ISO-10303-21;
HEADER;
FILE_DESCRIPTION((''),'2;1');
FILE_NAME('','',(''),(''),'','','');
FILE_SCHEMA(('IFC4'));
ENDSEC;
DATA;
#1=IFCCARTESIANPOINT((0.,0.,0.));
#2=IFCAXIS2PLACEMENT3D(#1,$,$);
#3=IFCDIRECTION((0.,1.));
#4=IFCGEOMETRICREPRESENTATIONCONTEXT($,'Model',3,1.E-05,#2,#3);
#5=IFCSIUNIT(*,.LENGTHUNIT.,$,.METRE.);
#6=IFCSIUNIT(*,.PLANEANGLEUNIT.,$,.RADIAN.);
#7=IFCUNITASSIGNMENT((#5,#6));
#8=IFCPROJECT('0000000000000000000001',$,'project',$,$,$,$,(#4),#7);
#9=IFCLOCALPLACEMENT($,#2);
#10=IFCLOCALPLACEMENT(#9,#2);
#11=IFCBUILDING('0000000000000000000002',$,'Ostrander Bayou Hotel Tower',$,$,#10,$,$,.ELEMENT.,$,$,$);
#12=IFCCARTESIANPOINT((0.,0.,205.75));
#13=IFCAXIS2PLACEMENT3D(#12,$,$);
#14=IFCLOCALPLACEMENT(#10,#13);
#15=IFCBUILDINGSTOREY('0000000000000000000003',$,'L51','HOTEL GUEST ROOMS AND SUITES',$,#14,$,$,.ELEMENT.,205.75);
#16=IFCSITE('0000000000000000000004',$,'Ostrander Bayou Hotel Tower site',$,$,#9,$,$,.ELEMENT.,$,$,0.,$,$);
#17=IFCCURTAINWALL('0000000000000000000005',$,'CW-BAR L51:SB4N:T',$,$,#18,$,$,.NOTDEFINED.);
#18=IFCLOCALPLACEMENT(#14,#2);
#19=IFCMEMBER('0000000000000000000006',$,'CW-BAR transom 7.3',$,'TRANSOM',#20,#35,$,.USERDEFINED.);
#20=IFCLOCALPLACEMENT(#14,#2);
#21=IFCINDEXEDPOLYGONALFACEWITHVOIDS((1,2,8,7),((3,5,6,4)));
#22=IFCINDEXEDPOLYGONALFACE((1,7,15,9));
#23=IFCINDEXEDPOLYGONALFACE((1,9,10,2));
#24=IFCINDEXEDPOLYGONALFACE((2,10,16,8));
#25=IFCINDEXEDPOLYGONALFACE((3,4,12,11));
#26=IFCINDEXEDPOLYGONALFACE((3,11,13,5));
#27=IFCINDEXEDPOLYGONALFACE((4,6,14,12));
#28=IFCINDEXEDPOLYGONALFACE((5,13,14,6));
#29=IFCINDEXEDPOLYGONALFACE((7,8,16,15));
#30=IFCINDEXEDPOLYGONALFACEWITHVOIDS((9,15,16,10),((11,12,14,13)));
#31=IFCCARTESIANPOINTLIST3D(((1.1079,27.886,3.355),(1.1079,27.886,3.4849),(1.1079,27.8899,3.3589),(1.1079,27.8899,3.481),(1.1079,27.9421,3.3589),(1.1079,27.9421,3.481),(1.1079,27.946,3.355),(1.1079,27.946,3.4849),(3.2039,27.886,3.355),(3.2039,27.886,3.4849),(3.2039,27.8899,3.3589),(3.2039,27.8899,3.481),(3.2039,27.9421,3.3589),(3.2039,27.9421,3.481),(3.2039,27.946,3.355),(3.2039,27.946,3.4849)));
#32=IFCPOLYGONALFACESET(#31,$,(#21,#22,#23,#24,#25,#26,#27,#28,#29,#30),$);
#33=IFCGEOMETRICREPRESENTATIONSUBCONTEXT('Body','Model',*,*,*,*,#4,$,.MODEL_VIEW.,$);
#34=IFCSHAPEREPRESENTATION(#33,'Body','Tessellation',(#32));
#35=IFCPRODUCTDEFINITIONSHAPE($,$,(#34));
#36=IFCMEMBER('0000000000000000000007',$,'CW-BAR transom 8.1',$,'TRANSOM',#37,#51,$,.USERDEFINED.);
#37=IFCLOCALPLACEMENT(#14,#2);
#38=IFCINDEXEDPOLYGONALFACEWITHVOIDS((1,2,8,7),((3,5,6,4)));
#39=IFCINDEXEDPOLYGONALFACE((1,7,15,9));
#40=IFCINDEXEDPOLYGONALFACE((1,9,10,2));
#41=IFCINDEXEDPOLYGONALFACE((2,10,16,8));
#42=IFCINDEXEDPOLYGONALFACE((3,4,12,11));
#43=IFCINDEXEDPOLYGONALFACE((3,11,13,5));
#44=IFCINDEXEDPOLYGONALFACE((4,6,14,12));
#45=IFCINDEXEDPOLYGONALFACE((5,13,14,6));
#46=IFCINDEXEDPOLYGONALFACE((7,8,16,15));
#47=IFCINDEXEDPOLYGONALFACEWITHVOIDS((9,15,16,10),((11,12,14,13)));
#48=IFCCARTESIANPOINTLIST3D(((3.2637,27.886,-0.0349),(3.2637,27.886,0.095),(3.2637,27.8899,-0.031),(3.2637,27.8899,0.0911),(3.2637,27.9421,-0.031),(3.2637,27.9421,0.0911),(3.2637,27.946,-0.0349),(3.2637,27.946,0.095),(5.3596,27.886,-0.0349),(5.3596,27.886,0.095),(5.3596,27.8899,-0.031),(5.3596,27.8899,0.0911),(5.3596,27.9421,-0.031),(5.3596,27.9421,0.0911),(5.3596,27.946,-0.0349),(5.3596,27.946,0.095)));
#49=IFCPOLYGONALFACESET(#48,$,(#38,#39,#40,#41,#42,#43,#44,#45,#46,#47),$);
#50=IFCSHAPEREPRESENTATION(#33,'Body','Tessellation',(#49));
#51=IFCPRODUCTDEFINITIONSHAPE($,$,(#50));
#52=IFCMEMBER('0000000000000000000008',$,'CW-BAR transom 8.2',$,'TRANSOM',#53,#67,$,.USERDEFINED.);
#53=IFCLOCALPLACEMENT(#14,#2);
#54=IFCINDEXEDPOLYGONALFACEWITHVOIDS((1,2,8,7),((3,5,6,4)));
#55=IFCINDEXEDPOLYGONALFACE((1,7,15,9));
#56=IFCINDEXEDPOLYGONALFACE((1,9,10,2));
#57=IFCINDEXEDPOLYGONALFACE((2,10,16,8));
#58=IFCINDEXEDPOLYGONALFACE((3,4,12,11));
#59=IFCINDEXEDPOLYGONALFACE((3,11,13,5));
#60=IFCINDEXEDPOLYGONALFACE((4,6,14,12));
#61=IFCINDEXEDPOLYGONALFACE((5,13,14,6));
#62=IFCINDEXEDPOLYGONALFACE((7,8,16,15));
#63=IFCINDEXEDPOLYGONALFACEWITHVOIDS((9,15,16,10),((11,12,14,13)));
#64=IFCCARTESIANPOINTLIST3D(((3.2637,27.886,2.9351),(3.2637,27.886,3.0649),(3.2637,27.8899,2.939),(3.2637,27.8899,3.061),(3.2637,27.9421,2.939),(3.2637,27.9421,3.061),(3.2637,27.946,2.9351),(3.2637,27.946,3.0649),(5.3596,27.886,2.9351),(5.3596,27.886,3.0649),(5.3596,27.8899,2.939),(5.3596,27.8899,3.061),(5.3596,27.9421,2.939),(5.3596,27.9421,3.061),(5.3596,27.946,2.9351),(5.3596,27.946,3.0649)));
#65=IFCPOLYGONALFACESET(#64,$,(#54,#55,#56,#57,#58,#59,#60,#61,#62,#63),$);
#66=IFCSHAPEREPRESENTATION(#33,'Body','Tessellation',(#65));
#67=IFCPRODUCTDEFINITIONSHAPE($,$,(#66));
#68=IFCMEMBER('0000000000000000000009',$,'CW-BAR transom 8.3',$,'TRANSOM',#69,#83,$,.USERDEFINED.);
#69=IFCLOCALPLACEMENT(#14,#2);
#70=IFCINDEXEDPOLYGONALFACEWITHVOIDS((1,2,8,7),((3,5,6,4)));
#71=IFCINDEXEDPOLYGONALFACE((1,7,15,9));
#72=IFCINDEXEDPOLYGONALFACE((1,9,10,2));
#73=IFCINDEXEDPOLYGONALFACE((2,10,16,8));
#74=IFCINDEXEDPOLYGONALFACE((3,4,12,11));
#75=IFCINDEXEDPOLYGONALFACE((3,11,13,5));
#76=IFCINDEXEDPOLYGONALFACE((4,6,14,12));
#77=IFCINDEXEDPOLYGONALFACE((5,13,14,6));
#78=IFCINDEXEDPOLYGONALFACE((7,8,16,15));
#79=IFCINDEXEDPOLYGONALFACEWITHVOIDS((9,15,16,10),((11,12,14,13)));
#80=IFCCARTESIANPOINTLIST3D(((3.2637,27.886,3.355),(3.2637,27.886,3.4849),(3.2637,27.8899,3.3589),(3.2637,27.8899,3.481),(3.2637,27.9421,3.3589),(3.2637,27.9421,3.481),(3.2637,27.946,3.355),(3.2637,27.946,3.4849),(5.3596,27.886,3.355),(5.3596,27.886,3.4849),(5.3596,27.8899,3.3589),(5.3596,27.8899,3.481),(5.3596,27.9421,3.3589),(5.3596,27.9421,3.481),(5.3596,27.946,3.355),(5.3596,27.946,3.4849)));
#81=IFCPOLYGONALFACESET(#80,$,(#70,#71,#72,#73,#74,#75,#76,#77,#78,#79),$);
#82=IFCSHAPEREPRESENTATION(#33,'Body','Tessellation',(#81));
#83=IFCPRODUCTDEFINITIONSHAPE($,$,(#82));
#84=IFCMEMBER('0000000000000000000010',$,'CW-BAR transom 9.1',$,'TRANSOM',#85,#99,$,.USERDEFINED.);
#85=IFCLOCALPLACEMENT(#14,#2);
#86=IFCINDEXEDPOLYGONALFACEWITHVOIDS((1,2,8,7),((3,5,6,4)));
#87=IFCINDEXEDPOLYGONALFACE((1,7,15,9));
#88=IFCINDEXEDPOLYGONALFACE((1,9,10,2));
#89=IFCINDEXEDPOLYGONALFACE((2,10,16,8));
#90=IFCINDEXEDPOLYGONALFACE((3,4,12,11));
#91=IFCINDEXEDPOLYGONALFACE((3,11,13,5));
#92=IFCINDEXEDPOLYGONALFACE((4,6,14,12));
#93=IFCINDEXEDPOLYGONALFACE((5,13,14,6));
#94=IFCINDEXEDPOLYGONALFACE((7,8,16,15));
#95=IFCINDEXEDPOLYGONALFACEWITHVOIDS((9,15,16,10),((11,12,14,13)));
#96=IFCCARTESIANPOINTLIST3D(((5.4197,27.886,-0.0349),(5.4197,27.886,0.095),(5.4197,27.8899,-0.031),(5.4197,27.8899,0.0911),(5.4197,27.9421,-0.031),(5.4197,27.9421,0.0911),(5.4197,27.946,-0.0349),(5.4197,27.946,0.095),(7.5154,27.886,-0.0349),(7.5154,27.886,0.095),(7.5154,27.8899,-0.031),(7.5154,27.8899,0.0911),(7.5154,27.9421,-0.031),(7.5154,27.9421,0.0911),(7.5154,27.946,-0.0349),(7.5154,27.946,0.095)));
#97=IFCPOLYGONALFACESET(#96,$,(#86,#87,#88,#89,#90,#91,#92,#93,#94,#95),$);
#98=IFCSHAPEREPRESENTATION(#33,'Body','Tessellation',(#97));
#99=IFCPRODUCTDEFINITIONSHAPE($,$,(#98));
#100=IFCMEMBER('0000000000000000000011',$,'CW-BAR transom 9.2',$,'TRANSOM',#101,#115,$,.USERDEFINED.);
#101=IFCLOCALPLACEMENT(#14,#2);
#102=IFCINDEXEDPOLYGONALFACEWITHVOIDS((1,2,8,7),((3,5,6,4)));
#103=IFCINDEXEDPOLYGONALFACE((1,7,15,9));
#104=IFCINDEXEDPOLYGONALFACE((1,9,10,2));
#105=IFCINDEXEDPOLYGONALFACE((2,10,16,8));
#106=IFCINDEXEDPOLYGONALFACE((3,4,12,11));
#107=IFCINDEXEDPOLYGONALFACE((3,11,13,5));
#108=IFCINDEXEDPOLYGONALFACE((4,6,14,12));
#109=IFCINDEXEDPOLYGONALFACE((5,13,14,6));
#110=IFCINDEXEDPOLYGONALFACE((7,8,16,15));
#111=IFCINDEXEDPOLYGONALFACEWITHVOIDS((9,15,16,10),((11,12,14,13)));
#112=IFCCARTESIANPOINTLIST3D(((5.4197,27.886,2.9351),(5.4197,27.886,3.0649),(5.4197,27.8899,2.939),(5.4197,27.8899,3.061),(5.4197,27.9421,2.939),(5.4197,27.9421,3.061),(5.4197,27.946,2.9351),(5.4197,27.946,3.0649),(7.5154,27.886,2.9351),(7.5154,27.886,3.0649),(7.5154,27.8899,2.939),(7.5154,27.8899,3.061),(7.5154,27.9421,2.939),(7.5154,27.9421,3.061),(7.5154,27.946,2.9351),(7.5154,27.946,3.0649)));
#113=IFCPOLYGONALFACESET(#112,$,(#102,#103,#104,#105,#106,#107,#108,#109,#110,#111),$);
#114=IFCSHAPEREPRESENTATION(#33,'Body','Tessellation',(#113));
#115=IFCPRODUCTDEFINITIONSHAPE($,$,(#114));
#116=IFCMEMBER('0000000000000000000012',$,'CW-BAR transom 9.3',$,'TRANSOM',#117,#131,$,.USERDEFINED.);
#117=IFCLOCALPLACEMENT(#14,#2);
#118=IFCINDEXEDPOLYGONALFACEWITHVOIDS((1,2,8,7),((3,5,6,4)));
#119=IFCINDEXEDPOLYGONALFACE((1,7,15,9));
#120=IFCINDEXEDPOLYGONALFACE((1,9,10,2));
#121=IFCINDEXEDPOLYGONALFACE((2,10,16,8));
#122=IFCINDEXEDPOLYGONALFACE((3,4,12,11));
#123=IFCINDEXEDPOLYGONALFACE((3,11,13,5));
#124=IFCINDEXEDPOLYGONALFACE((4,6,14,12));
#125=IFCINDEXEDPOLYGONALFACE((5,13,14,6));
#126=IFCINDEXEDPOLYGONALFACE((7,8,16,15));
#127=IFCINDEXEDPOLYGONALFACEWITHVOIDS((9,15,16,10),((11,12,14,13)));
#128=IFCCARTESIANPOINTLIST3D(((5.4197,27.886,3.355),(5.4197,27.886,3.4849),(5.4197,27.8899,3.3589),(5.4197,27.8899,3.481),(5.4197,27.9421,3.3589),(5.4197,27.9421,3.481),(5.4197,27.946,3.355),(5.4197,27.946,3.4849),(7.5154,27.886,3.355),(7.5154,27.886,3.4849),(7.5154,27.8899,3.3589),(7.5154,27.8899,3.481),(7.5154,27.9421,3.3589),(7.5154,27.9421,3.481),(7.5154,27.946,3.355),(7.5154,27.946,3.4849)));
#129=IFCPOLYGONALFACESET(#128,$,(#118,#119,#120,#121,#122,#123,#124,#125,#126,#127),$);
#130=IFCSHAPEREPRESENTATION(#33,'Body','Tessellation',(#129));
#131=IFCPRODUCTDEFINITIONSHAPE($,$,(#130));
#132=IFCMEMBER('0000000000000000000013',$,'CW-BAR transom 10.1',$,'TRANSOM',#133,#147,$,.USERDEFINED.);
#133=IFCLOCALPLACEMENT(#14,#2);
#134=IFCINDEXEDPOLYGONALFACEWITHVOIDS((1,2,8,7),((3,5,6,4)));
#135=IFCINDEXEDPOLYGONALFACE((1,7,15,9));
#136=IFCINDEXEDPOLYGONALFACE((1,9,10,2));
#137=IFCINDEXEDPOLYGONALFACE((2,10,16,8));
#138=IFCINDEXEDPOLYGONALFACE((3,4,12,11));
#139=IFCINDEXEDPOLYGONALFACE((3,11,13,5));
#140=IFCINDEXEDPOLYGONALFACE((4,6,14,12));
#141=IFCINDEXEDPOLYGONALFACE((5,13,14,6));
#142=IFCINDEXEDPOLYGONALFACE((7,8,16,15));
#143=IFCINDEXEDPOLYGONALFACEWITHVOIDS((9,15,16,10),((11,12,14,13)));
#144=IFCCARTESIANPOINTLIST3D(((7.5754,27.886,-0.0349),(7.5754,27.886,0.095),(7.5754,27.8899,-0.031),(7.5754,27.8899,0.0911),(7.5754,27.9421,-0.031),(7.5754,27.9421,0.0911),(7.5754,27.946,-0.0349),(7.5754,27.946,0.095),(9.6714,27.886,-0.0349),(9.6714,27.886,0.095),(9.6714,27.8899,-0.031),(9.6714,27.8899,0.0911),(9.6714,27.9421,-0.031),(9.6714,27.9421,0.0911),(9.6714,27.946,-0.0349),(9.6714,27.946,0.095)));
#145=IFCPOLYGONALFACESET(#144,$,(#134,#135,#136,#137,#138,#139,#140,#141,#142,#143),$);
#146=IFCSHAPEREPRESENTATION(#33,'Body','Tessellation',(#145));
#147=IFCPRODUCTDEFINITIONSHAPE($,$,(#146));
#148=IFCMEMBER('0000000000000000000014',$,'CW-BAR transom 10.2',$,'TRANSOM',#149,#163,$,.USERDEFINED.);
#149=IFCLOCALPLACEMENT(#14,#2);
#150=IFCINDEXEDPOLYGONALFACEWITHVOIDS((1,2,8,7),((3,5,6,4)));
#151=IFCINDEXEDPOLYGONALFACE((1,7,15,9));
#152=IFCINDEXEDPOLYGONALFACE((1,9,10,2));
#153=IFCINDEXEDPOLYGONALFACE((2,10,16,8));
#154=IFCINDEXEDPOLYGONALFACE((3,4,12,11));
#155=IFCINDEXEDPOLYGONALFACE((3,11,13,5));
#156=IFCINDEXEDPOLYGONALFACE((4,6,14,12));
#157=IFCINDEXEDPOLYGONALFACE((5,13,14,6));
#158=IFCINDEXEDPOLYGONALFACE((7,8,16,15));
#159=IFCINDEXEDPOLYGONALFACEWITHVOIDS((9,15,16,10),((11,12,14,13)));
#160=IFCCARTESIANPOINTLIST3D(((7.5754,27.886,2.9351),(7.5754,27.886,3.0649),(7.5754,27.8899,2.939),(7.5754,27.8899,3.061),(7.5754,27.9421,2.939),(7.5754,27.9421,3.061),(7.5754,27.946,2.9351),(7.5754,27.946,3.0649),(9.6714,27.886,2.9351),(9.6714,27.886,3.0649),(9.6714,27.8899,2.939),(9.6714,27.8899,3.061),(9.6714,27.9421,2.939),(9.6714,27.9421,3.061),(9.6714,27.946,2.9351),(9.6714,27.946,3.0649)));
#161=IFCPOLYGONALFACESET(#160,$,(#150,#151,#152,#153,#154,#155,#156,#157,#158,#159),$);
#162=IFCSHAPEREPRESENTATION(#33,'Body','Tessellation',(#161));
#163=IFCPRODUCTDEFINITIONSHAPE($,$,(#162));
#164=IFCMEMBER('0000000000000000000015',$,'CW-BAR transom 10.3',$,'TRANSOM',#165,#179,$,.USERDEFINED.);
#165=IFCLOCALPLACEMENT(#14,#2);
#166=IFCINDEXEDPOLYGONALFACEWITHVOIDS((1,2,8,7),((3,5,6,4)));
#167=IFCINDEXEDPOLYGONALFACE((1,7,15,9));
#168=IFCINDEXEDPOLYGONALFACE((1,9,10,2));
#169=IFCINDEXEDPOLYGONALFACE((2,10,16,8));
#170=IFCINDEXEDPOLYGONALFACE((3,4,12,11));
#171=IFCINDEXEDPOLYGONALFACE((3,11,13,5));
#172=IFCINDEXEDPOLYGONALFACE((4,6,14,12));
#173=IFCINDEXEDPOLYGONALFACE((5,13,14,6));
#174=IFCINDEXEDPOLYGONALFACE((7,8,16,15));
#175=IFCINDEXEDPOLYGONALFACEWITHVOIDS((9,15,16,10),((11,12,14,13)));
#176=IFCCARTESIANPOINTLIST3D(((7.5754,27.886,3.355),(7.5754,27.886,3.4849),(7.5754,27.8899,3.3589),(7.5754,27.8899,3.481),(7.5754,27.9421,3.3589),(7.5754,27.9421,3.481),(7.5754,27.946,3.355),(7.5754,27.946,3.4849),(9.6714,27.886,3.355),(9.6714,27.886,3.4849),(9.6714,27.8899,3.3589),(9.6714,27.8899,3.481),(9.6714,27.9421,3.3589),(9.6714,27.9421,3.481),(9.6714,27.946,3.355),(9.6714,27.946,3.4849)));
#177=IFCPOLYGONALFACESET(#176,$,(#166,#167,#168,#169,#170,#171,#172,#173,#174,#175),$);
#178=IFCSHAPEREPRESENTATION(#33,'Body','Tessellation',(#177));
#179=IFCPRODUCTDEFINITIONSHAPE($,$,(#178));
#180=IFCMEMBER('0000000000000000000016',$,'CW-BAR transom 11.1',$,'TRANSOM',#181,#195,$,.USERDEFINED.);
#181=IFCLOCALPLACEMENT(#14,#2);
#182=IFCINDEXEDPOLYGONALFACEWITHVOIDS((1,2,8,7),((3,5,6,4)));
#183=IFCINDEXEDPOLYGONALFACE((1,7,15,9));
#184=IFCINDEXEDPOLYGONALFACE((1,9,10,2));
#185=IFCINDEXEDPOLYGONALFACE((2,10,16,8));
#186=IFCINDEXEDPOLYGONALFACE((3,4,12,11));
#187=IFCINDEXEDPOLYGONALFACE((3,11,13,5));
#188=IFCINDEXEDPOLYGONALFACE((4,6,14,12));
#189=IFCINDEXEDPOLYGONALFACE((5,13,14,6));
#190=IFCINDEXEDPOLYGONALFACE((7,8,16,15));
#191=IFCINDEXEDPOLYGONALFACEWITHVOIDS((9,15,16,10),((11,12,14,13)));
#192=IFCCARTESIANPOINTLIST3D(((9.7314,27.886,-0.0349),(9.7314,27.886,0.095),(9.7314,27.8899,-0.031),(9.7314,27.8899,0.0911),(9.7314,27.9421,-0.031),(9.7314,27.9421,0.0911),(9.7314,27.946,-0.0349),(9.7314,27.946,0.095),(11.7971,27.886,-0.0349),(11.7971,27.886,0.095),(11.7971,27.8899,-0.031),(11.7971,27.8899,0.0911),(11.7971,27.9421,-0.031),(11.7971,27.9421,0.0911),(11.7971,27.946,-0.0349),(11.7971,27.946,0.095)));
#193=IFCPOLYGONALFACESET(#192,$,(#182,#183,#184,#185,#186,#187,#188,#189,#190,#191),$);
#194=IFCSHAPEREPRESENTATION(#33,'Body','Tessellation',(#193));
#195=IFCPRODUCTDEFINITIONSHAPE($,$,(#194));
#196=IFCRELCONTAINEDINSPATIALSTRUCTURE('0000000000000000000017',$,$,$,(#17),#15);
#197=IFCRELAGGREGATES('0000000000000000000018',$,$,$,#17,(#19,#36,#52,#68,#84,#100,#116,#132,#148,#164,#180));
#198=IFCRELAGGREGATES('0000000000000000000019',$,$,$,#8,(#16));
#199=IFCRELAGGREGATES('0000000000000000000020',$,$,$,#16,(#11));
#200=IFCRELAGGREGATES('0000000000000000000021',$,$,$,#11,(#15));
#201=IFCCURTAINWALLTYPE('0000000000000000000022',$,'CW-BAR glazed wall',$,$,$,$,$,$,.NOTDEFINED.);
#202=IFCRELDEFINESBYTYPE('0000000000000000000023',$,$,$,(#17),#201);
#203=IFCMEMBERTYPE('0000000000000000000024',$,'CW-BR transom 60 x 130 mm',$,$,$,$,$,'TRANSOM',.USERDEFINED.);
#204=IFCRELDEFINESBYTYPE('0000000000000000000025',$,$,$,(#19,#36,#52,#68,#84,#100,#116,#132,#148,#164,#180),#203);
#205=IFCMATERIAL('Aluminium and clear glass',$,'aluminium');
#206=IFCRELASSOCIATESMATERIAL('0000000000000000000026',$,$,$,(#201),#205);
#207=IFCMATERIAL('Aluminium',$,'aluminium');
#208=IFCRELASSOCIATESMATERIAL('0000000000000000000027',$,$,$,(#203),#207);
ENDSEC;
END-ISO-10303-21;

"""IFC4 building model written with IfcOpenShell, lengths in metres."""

from ifc_helpers import new_model, si_unit, direction, frame, origin, origin_2d, place, context, subcontext, project, spatial, hollow_rectangle, extrude, material, material_profile, profile_set, type_object, element, aggregate, save


model = new_model("IFC4")

# Units and contexts
model_context = context("Model", 3, precision=1e-05, world=origin(), true_north=direction((0.0, 1.0)))
body_context = subcontext(model_context, "Body", "Model", "MODEL_VIEW")
ifc_project = project(units=[si_unit("LENGTHUNIT", "METRE"), si_unit("PLANEANGLEUNIT", "RADIAN")], contexts=[model_context])

# Site, building, storey
site_placement = place(None, origin())
site = spatial("IfcSite", under=ifc_project, at=site_placement, Name="Ostrander Bayou Hotel Tower site", CompositionType="ELEMENT", RefElevation=0.0)
building_placement = place(site_placement, origin())
building = spatial("IfcBuilding", under=site, at=building_placement, Name="Ostrander Bayou Hotel Tower", CompositionType="ELEMENT")
storey_placement = place(building_placement, frame((0.0, 0.0, 205.75)))
storey = spatial("IfcBuildingStorey", under=building, at=storey_placement, Name="L51", Description="HOTEL GUEST ROOMS AND SUITES", CompositionType="ELEMENT", Elevation=205.75)

# Curtain wall, members
ifc_material_1 = material(Name="Aluminium and clear glass", Category="aluminium")
curtain_wall_type = type_object("IfcCurtainWallType", Name="CW-BAR glazed wall", PredefinedType="NOTDEFINED", material=ifc_material_1)
curtain_wall_placement = place(storey_placement, origin())
curtain_wall = element("IfcCurtainWall", 1, at=curtain_wall_placement, inside=storey, type_object=curtain_wall_type, Name="CW-BAR L51:SB4N:T", PredefinedType="NOTDEFINED")
ifc_material_2 = material(Name="Aluminium", Category="aluminium")
ifc_material_profile_1 = material_profile(ifc_material_2, hollow_rectangle(XDim=0.0601, YDim=0.1299, WallThickness=0.0039, at=origin_2d()))
ifc_profile_set_1 = profile_set([ifc_material_profile_1], Name="Aluminium")
member_type_1 = type_object("IfcMemberType", Name="CW-BR transom 60 x 130 mm", ElementType="TRANSOM", PredefinedType="USERDEFINED", material=ifc_profile_set_1)
member_1_placement = place(storey_placement, frame((1.1079, 27.916, 3.4199), z_axis=(1.0, 0.0, 0.0), x_axis=(0.0, 1.0, 0.0)))
member_1 = element("IfcMember", 2, at=member_1_placement, type_object=member_type_1, Name="CW-BAR transom 7.3", ObjectType="TRANSOM", PredefinedType="USERDEFINED", context=body_context, shape_type="SweptSolid", body=[
    extrude(hollow_rectangle(XDim=0.0601, YDim=0.1299, WallThickness=0.0039, at=origin_2d()), origin(), (0.0, 0.0, 1.0), 2.0959),
])
member_2_placement = place(storey_placement, frame((3.2637, 27.916, 0.03), z_axis=(1.0, 0.0, 0.0), x_axis=(0.0, 1.0, 0.0)))
member_2 = element("IfcMember", 3, at=member_2_placement, type_object=member_type_1, Name="CW-BAR transom 8.1", ObjectType="TRANSOM", PredefinedType="USERDEFINED", context=body_context, shape_type="SweptSolid", body=[
    extrude(hollow_rectangle(XDim=0.0601, YDim=0.1299, WallThickness=0.0039, at=origin_2d()), origin(), (0.0, 0.0, 1.0), 2.0959),
])
member_3_placement = place(storey_placement, frame((3.2637, 27.916, 3.0), z_axis=(1.0, 0.0, 0.0), x_axis=(0.0, 1.0, 0.0)))
member_3 = element("IfcMember", 4, at=member_3_placement, type_object=member_type_1, Name="CW-BAR transom 8.2", ObjectType="TRANSOM", PredefinedType="USERDEFINED", context=body_context, shape_type="SweptSolid", body=[
    extrude(hollow_rectangle(XDim=0.0601, YDim=0.1299, WallThickness=0.0039, at=origin_2d()), origin(), (0.0, 0.0, 1.0), 2.0959),
])
member_4_placement = place(storey_placement, frame((3.2637, 27.916, 3.4199), z_axis=(1.0, 0.0, 0.0), x_axis=(0.0, 1.0, 0.0)))
member_4 = element("IfcMember", 5, at=member_4_placement, type_object=member_type_1, Name="CW-BAR transom 8.3", ObjectType="TRANSOM", PredefinedType="USERDEFINED", context=body_context, shape_type="SweptSolid", body=[
    extrude(hollow_rectangle(XDim=0.0601, YDim=0.1299, WallThickness=0.0039, at=origin_2d()), origin(), (0.0, 0.0, 1.0), 2.0959),
])
member_5_placement = place(storey_placement, frame((5.4197, 27.916, 0.03), z_axis=(1.0, 0.0, 0.0), x_axis=(0.0, 1.0, 0.0)))
member_5 = element("IfcMember", 6, at=member_5_placement, type_object=member_type_1, Name="CW-BAR transom 9.1", ObjectType="TRANSOM", PredefinedType="USERDEFINED", context=body_context, shape_type="SweptSolid", body=[
    extrude(hollow_rectangle(XDim=0.0601, YDim=0.1299, WallThickness=0.0039, at=origin_2d()), origin(), (0.0, 0.0, 1.0), 2.0957),
])
member_6_placement = place(storey_placement, frame((5.4197, 27.916, 3.0), z_axis=(1.0, 0.0, 0.0), x_axis=(0.0, 1.0, 0.0)))
member_6 = element("IfcMember", 7, at=member_6_placement, type_object=member_type_1, Name="CW-BAR transom 9.2", ObjectType="TRANSOM", PredefinedType="USERDEFINED", context=body_context, shape_type="SweptSolid", body=[
    extrude(hollow_rectangle(XDim=0.0601, YDim=0.1299, WallThickness=0.0039, at=origin_2d()), origin(), (0.0, 0.0, 1.0), 2.0957),
])
member_7_placement = place(storey_placement, frame((5.4197, 27.916, 3.4199), z_axis=(1.0, 0.0, 0.0), x_axis=(0.0, 1.0, 0.0)))
member_7 = element("IfcMember", 8, at=member_7_placement, type_object=member_type_1, Name="CW-BAR transom 9.3", ObjectType="TRANSOM", PredefinedType="USERDEFINED", context=body_context, shape_type="SweptSolid", body=[
    extrude(hollow_rectangle(XDim=0.0601, YDim=0.1299, WallThickness=0.0039, at=origin_2d()), origin(), (0.0, 0.0, 1.0), 2.0957),
])
member_8_placement = place(storey_placement, frame((7.5754, 27.916, 0.03), z_axis=(1.0, 0.0, 0.0), x_axis=(0.0, 1.0, 0.0)))
member_8 = element("IfcMember", 9, at=member_8_placement, type_object=member_type_1, Name="CW-BAR transom 10.1", ObjectType="TRANSOM", PredefinedType="USERDEFINED", context=body_context, shape_type="SweptSolid", body=[
    extrude(hollow_rectangle(XDim=0.0601, YDim=0.1299, WallThickness=0.0039, at=origin_2d()), origin(), (0.0, 0.0, 1.0), 2.0959),
])
member_9_placement = place(storey_placement, frame((7.5754, 27.916, 3.0), z_axis=(1.0, 0.0, 0.0), x_axis=(0.0, 1.0, 0.0)))
member_9 = element("IfcMember", 10, at=member_9_placement, type_object=member_type_1, Name="CW-BAR transom 10.2", ObjectType="TRANSOM", PredefinedType="USERDEFINED", context=body_context, shape_type="SweptSolid", body=[
    extrude(hollow_rectangle(XDim=0.0601, YDim=0.1299, WallThickness=0.0039, at=origin_2d()), origin(), (0.0, 0.0, 1.0), 2.0959),
])
member_10_placement = place(storey_placement, frame((7.5754, 27.916, 3.4199), z_axis=(1.0, 0.0, 0.0), x_axis=(0.0, 1.0, 0.0)))
member_10 = element("IfcMember", 11, at=member_10_placement, type_object=member_type_1, Name="CW-BAR transom 10.3", ObjectType="TRANSOM", PredefinedType="USERDEFINED", context=body_context, shape_type="SweptSolid", body=[
    extrude(hollow_rectangle(XDim=0.0601, YDim=0.1299, WallThickness=0.0039, at=origin_2d()), origin(), (0.0, 0.0, 1.0), 2.0959),
])
member_11_placement = place(storey_placement, frame((9.7314, 27.916, 0.03), z_axis=(1.0, 0.0, 0.0), x_axis=(0.0, 1.0, 0.0)))
member_11 = element("IfcMember", 12, at=member_11_placement, type_object=member_type_1, Name="CW-BAR transom 11.1", ObjectType="TRANSOM", PredefinedType="USERDEFINED", context=body_context, shape_type="SweptSolid", body=[
    extrude(hollow_rectangle(XDim=0.0601, YDim=0.1299, WallThickness=0.0039, at=origin_2d()), origin(), (0.0, 0.0, 1.0), 2.0657),
])
aggregate(curtain_wall, [member_1, member_2, member_3, member_4, member_5, member_6, member_7, member_8, member_9, member_10, member_11])

save(model, "model.ifc")
